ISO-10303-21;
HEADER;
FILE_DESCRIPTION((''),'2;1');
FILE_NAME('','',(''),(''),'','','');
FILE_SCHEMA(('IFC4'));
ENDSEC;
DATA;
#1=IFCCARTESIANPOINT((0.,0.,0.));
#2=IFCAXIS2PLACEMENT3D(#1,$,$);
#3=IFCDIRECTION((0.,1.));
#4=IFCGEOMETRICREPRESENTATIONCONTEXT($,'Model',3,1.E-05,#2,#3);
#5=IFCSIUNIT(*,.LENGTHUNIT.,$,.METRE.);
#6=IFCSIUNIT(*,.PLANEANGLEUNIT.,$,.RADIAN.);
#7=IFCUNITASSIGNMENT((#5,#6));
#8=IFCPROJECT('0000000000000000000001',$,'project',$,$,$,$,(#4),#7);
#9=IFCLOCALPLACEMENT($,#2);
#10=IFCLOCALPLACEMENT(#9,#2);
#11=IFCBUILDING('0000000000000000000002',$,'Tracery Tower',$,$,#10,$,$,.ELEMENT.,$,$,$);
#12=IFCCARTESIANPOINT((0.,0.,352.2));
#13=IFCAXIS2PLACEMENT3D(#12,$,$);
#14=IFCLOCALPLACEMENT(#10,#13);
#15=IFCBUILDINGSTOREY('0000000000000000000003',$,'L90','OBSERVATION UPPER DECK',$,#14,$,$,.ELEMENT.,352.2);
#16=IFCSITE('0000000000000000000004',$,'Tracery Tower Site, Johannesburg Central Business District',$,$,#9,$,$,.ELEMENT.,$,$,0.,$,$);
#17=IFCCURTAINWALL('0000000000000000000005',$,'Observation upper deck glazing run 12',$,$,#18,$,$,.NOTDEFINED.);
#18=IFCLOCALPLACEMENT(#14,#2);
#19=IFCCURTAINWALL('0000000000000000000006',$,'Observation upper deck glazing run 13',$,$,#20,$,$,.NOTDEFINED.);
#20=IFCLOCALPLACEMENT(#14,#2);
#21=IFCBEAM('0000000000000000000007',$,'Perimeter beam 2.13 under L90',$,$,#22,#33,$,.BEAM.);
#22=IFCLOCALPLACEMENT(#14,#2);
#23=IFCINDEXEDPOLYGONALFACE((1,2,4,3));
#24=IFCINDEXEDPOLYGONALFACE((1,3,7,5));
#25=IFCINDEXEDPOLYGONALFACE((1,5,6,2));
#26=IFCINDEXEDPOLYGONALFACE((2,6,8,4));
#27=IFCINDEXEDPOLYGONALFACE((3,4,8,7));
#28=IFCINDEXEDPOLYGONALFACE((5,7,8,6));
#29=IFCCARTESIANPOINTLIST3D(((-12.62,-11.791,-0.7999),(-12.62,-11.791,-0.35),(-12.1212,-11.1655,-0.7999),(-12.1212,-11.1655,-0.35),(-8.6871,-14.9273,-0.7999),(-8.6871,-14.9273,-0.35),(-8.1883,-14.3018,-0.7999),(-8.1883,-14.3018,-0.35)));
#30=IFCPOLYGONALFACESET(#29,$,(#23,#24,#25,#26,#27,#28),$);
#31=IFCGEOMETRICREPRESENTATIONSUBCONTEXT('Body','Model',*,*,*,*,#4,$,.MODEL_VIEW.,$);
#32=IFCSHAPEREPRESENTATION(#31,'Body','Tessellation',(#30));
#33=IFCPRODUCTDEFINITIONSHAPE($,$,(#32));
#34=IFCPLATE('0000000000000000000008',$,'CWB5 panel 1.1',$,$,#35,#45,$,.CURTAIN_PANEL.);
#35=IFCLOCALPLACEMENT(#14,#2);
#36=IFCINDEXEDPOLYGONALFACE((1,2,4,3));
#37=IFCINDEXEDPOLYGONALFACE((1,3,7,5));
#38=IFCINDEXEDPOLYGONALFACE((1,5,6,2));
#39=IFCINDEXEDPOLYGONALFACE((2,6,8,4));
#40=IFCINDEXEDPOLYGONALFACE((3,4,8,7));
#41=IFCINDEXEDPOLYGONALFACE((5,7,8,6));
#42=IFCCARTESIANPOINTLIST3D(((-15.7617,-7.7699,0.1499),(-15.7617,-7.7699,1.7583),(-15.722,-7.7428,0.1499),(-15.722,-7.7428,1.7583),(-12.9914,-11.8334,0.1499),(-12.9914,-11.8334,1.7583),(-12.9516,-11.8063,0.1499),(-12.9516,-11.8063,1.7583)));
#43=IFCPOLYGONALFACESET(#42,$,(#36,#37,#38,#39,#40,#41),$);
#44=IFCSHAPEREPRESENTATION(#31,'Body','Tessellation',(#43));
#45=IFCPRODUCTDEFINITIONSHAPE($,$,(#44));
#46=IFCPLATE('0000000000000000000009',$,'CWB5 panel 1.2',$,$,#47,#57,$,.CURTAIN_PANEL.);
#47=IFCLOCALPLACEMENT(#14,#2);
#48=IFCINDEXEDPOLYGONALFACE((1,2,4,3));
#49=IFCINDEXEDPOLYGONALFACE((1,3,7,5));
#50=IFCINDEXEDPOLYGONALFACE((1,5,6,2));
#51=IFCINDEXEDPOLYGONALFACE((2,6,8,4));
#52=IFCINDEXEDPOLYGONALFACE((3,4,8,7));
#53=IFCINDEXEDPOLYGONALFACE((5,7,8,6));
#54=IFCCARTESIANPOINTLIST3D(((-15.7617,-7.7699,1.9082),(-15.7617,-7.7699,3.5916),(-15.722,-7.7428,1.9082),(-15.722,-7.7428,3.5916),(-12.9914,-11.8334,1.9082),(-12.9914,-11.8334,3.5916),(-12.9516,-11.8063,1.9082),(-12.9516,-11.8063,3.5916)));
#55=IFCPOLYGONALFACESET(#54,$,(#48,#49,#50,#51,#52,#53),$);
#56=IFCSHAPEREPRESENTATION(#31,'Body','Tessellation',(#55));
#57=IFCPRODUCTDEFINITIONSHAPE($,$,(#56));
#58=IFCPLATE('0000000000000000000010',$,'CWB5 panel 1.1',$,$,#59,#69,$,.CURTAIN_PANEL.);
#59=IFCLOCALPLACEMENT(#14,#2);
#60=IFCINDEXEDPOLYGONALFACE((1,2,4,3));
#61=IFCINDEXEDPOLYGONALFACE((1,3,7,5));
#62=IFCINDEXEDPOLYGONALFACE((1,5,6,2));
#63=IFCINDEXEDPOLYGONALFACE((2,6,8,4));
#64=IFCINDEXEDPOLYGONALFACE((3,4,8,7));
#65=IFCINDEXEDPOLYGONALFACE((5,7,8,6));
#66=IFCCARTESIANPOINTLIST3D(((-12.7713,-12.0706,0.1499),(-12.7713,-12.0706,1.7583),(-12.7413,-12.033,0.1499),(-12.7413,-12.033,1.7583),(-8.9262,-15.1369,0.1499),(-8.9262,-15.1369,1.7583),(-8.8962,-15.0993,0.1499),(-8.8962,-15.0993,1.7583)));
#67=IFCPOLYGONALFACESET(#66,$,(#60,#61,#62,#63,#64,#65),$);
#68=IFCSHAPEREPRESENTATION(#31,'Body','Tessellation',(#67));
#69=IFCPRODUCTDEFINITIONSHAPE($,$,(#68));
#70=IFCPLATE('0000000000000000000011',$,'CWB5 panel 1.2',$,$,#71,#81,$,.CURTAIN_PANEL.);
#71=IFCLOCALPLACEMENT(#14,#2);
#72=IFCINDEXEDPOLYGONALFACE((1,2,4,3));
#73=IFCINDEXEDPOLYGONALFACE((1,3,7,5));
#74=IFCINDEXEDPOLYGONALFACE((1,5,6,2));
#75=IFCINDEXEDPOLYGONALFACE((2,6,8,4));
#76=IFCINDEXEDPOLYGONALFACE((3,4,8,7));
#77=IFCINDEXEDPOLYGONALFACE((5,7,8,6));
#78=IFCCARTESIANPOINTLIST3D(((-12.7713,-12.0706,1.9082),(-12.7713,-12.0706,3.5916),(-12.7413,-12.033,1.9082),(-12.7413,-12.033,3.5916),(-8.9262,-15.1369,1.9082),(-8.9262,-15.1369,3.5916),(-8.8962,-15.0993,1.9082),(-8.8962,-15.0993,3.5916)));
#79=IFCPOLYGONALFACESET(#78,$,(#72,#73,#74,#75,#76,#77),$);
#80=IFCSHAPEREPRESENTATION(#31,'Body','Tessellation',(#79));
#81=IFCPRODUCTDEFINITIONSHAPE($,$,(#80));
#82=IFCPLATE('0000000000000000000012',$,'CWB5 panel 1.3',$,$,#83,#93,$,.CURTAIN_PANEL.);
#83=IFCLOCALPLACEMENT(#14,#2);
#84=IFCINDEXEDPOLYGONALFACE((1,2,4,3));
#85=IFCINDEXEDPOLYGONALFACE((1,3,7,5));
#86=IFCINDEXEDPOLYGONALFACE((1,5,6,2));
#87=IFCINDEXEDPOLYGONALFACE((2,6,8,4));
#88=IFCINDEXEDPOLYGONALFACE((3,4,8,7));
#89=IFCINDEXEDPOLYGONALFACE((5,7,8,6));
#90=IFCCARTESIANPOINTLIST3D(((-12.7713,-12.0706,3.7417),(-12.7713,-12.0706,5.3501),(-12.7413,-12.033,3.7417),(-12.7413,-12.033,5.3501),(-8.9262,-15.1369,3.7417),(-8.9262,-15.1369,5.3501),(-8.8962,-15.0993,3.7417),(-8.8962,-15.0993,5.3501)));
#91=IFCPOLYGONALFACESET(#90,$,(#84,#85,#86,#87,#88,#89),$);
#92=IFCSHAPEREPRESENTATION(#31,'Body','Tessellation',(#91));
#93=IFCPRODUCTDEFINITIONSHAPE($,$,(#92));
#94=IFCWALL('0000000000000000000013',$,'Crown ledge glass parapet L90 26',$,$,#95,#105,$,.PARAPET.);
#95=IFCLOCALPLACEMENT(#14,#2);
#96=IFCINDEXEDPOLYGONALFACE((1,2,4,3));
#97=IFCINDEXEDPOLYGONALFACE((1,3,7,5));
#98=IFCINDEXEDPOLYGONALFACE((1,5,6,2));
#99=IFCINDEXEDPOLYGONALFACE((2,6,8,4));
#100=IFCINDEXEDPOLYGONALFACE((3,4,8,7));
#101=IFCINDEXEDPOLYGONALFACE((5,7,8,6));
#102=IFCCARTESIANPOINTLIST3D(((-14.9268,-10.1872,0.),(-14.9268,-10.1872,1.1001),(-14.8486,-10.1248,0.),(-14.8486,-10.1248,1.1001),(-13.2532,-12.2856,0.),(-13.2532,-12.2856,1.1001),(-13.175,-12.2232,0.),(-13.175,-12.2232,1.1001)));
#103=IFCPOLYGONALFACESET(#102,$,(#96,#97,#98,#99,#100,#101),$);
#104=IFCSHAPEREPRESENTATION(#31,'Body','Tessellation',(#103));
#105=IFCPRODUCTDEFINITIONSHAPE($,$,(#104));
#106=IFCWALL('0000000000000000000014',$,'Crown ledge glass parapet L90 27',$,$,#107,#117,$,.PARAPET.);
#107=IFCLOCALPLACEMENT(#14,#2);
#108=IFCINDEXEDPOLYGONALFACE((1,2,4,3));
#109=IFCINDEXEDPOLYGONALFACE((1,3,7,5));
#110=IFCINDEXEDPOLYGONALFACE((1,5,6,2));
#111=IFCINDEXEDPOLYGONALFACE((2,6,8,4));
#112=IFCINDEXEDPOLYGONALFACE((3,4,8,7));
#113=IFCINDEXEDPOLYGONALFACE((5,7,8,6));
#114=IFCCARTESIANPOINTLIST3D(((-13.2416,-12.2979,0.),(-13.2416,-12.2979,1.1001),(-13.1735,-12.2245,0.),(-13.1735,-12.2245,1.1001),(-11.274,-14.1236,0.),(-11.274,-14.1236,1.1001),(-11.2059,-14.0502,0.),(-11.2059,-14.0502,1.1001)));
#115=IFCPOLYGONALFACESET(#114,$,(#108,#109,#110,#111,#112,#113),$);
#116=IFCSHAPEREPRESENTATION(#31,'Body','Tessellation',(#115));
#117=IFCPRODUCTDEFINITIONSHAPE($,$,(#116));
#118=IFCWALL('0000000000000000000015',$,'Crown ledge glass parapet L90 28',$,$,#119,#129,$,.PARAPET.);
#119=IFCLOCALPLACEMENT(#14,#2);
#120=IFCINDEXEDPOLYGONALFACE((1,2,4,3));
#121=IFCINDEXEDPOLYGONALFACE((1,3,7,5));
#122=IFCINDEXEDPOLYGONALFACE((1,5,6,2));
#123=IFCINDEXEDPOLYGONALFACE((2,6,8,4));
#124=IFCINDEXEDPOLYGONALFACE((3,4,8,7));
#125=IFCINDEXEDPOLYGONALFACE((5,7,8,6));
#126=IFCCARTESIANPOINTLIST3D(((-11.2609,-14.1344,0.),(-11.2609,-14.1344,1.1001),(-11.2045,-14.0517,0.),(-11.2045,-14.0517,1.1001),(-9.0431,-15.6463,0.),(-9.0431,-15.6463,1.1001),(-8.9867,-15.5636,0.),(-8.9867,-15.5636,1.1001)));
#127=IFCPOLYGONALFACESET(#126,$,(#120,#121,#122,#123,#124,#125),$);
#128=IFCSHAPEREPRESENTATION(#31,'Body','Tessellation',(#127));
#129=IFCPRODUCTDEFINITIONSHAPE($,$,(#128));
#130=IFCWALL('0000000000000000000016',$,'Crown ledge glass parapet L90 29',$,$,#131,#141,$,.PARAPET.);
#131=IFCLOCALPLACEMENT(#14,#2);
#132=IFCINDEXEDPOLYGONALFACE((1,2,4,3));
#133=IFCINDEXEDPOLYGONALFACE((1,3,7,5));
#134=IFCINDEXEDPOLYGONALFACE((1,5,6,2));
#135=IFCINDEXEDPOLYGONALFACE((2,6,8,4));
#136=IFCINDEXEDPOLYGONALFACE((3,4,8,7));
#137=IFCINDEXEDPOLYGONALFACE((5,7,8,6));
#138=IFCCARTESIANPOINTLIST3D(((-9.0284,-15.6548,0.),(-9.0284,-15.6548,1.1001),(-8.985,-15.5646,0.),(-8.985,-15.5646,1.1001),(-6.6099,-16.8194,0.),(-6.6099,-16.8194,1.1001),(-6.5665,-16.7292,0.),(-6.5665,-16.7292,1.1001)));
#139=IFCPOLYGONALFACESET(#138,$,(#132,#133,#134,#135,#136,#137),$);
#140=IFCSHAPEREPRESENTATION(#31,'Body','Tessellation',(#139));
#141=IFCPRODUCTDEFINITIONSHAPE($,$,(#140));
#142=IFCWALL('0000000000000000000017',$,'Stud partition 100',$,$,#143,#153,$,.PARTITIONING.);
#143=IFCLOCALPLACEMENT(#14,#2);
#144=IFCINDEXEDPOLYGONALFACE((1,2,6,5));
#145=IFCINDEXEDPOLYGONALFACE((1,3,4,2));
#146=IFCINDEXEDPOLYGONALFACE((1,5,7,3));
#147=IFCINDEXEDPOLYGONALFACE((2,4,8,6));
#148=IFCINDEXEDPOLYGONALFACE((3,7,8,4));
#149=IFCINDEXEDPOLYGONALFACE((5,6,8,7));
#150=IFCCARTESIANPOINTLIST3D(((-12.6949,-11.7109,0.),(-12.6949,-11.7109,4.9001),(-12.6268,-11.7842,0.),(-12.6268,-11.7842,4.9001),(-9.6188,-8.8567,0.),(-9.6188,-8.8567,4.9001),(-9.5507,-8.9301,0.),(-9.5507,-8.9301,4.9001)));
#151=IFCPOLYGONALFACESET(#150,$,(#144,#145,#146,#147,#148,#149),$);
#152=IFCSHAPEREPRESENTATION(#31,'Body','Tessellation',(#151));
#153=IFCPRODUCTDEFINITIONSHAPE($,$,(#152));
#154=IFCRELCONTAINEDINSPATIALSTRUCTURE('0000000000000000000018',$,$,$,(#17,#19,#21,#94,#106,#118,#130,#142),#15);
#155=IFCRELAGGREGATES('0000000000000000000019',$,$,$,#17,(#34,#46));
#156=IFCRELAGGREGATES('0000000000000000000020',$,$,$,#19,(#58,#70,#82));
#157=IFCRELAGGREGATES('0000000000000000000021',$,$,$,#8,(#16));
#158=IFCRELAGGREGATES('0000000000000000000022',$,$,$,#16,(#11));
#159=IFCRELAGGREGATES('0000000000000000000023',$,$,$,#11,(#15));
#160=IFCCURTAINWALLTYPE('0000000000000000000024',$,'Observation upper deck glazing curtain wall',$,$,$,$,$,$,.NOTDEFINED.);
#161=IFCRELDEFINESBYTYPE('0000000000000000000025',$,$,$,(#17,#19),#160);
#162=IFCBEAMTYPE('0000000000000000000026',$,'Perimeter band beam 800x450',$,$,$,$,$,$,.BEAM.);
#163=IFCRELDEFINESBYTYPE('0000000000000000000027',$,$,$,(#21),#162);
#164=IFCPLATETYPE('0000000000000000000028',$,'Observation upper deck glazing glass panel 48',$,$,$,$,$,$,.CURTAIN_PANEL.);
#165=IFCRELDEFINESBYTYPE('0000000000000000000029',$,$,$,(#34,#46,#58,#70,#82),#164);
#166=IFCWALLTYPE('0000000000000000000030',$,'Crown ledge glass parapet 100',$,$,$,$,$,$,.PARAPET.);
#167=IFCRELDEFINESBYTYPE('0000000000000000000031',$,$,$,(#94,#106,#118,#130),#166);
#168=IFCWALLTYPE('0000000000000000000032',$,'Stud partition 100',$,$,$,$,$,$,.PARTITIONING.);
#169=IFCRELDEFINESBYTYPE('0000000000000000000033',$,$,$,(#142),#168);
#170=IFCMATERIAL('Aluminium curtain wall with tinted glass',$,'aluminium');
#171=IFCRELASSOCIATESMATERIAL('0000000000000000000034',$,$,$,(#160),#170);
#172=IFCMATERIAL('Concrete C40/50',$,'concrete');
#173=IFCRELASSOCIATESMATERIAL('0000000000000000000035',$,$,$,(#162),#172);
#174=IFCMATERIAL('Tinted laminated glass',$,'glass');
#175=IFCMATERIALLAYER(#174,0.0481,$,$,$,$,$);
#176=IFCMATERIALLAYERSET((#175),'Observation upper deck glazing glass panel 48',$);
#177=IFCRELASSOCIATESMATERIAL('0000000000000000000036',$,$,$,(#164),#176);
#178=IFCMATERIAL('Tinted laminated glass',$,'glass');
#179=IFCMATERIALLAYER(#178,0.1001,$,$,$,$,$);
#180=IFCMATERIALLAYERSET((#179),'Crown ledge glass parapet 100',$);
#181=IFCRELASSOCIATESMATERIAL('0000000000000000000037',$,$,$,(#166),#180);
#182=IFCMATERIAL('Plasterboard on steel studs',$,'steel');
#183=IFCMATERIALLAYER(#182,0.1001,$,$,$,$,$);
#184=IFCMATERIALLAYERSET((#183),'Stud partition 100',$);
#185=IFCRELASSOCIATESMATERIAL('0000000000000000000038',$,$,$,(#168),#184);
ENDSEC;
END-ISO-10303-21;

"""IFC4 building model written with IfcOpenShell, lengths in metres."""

from ifc_helpers import new_model, si_unit, direction, frame, frame_2d, origin, origin_2d, place, context, subcontext, project, spatial, rectangle, extrude, material, layer, layer_set, material_profile, profile_set, type_object, element, aggregate, save


model = new_model("IFC4")

# Units and contexts
model_context = context("Model", 3, precision=1e-05, world=origin(), true_north=direction((0.0, 1.0)))
body_context = subcontext(model_context, "Body", "Model", "MODEL_VIEW")
ifc_project = project(units=[si_unit("LENGTHUNIT", "METRE"), si_unit("PLANEANGLEUNIT", "RADIAN")], contexts=[model_context])

# Site, building, storey
site_placement = place(None, origin())
site = spatial("IfcSite", under=ifc_project, at=site_placement, Name="Tracery Tower Site, Johannesburg Central Business District", CompositionType="ELEMENT", RefElevation=0.0)
building_placement = place(site_placement, origin())
building = spatial("IfcBuilding", under=site, at=building_placement, Name="Tracery Tower", CompositionType="ELEMENT")
storey_placement = place(building_placement, frame((0.0, 0.0, 352.2)))
storey = spatial("IfcBuildingStorey", under=building, at=storey_placement, Name="L90", Description="OBSERVATION UPPER DECK", CompositionType="ELEMENT", Elevation=352.2)

# Curtain wall
ifc_material_1 = material(Name="Aluminium curtain wall with tinted glass", Category="aluminium")
curtain_wall_type = type_object("IfcCurtainWallType", Name="Observation upper deck glazing curtain wall", PredefinedType="NOTDEFINED", material=ifc_material_1)
curtain_wall_1_placement = place(storey_placement, origin())
curtain_wall_1 = element("IfcCurtainWall", 1, at=curtain_wall_1_placement, inside=storey, type_object=curtain_wall_type, Name="Observation upper deck glazing run 12", PredefinedType="NOTDEFINED")

# Curtain wall
curtain_wall_2_placement = place(storey_placement, origin())
curtain_wall_2 = element("IfcCurtainWall", 2, at=curtain_wall_2_placement, inside=storey, type_object=curtain_wall_type, Name="Observation upper deck glazing run 13", PredefinedType="NOTDEFINED")

# Beam
ifc_material_2 = material(Name="Concrete C40/50", Category="concrete")
ifc_material_profile_1 = material_profile(ifc_material_2, rectangle(XDim=0.8, YDim=0.45, at=origin_2d()), Name="RC 800x450")
ifc_profile_set_1 = profile_set([ifc_material_profile_1], Name="Concrete C40/50")
beam_type = type_object("IfcBeamType", Name="Perimeter band beam 800x450", PredefinedType="BEAM", material=ifc_profile_set_1)
beam_placement = place(storey_placement, frame((-12.3706, -11.4783, -0.575), z_axis=(0.781843, -0.623475, 0.0), x_axis=(0.623475, 0.781843, 0.0)))
element("IfcBeam", 3, at=beam_placement, inside=storey, type_object=beam_type, Name="Perimeter beam 2.13 under L90", PredefinedType="BEAM", context=body_context, shape_type="SweptSolid", body=[
    extrude(rectangle(XDim=0.8, YDim=0.45, at=origin_2d()), origin(), (0.0, 0.0, 1.0), 5.0303),
])

# Plates
ifc_material_3 = material(Name="Tinted laminated glass", Category="glass")
ifc_layer_1 = layer(ifc_material_3, 0.0481)
ifc_layer_set_1 = layer_set([ifc_layer_1], Name="Observation upper deck glazing glass panel 48")
plate_type = type_object("IfcPlateType", Name="Observation upper deck glazing glass panel 48", PredefinedType="CURTAIN_PANEL", material=ifc_layer_set_1)
plate_1_placement = place(storey_placement, frame((-14.3567, -9.7881, 0.1499), z_axis=(0.0, 0.0, 1.0), x_axis=(0.563314, -0.826243, 0.0)))
plate_1 = element("IfcPlate", 4, at=plate_1_placement, type_object=plate_type, Name="CWB5 panel 1.1", PredefinedType="CURTAIN_PANEL", context=body_context, shape_type="SweptSolid", body=[
    extrude(rectangle(XDim=4.918, YDim=0.0481, at=origin_2d()), origin(), (0.0, 0.0, 1.0), 1.6084),
])
plate_2_placement = place(storey_placement, frame((-14.3567, -9.7881, 1.9082), z_axis=(0.0, 0.0, 1.0), x_axis=(0.563314, -0.826243, 0.0)))
plate_2 = element("IfcPlate", 5, at=plate_2_placement, type_object=plate_type, Name="CWB5 panel 1.2", PredefinedType="CURTAIN_PANEL", context=body_context, shape_type="SweptSolid", body=[
    extrude(rectangle(XDim=4.918, YDim=0.0481, at=origin_2d()), origin(), (0.0, 0.0, 1.0), 1.6833),
])
aggregate(curtain_wall_1, [plate_1, plate_2])
plate_3_placement = place(storey_placement, frame((-10.8337, -13.585, 0.1499), z_axis=(0.0, 0.0, 1.0), x_axis=(0.781838, -0.623481, 0.0)))
plate_3 = element("IfcPlate", 6, at=plate_3_placement, type_object=plate_type, Name="CWB5 panel 1.1", PredefinedType="CURTAIN_PANEL", context=body_context, shape_type="SweptSolid", body=[
    extrude(rectangle(XDim=4.918, YDim=0.0481, at=origin_2d()), origin(), (0.0, 0.0, 1.0), 1.6084),
])
plate_4_placement = place(storey_placement, frame((-10.8337, -13.585, 1.9082), z_axis=(0.0, 0.0, 1.0), x_axis=(0.781838, -0.623481, 0.0)))
plate_4 = element("IfcPlate", 7, at=plate_4_placement, type_object=plate_type, Name="CWB5 panel 1.2", PredefinedType="CURTAIN_PANEL", context=body_context, shape_type="SweptSolid", body=[
    extrude(rectangle(XDim=4.918, YDim=0.0481, at=origin_2d()), origin(), (0.0, 0.0, 1.0), 1.6833),
])
plate_5_placement = place(storey_placement, frame((-10.8337, -13.585, 3.7417), z_axis=(0.0, 0.0, 1.0), x_axis=(0.781838, -0.623481, 0.0)))
plate_5 = element("IfcPlate", 8, at=plate_5_placement, type_object=plate_type, Name="CWB5 panel 1.3", PredefinedType="CURTAIN_PANEL", context=body_context, shape_type="SweptSolid", body=[
    extrude(rectangle(XDim=4.918, YDim=0.0481, at=origin_2d()), origin(), (0.0, 0.0, 1.0), 1.6084),
])
aggregate(curtain_wall_2, [plate_3, plate_4, plate_5])

# Walls
ifc_material_4 = material(Name="Tinted laminated glass", Category="glass")
ifc_layer_2 = layer(ifc_material_4, 0.1001)
ifc_layer_set_2 = layer_set([ifc_layer_2], Name="Crown ledge glass parapet 100")
wall_type_1 = type_object("IfcWallType", Name="Crown ledge glass parapet 100", PredefinedType="PARAPET", material=ifc_layer_set_2)
for number, where, z_axis, x_axis, name in (
    (9, (-14.8877, -10.156, 0.0), (0.0, 0.0, 1.0), (0.62353, -0.7818, 0.0), "Crown ledge glass parapet L90 26"),
    (10, (-13.2075, -12.2612, 0.0), (0.0, 0.0, 1.0), (0.733036, -0.680189, 0.0), "Crown ledge glass parapet L90 27"),
    (11, (-11.2327, -14.093, 0.0), (0.0, 0.0, 1.0), (0.826254, -0.563297, 0.0), "Crown ledge glass parapet L90 28"),
):
    element("IfcWall", number, at=place(storey_placement, frame(where, z_axis=z_axis, x_axis=x_axis)), inside=storey, type_object=wall_type_1, Name=name, PredefinedType="PARAPET", context=body_context, shape_type="SweptSolid", body=[
        extrude(rectangle(XDim=2.6841, YDim=0.1001, at=frame_2d((1.342, 0.0))), origin(), (0.0, 0.0, 1.0), 1.1001),
    ])
wall_1_placement = place(storey_placement, frame((-9.0068, -15.6096, 0.0), z_axis=(0.0, 0.0, 1.0), x_axis=(0.900986, -0.433848, 0.0)))
element("IfcWall", 12, at=wall_1_placement, inside=storey, type_object=wall_type_1, Name="Crown ledge glass parapet L90 29", PredefinedType="PARAPET", context=body_context, shape_type="SweptSolid", body=[
    extrude(rectangle(XDim=2.6843, YDim=0.1001, at=frame_2d((1.3423, 0.0))), origin(), (0.0, 0.0, 1.0), 1.1001),
])
ifc_material_5 = material(Name="Plasterboard on steel studs", Category="steel")
ifc_layer_3 = layer(ifc_material_5, 0.1001)
ifc_layer_set_3 = layer_set([ifc_layer_3], Name="Stud partition 100")
wall_type_2 = type_object("IfcWallType", Name="Stud partition 100", PredefinedType="PARTITIONING", material=ifc_layer_set_3)
wall_2_placement = place(storey_placement, frame((-12.6609, -11.7476, 0.0), z_axis=(0.0, 0.0, 1.0), x_axis=(0.733055, 0.68017, 0.0)))
element("IfcWall", 13, at=wall_2_placement, inside=storey, type_object=wall_type_2, Name="Stud partition 100", PredefinedType="PARTITIONING", context=body_context, shape_type="SweptSolid", body=[
    extrude(rectangle(XDim=4.1963, YDim=0.1001, at=frame_2d((2.0981, 0.0))), origin(), (0.0, 0.0, 1.0), 4.9001),
])

save(model, "model.ifc")
